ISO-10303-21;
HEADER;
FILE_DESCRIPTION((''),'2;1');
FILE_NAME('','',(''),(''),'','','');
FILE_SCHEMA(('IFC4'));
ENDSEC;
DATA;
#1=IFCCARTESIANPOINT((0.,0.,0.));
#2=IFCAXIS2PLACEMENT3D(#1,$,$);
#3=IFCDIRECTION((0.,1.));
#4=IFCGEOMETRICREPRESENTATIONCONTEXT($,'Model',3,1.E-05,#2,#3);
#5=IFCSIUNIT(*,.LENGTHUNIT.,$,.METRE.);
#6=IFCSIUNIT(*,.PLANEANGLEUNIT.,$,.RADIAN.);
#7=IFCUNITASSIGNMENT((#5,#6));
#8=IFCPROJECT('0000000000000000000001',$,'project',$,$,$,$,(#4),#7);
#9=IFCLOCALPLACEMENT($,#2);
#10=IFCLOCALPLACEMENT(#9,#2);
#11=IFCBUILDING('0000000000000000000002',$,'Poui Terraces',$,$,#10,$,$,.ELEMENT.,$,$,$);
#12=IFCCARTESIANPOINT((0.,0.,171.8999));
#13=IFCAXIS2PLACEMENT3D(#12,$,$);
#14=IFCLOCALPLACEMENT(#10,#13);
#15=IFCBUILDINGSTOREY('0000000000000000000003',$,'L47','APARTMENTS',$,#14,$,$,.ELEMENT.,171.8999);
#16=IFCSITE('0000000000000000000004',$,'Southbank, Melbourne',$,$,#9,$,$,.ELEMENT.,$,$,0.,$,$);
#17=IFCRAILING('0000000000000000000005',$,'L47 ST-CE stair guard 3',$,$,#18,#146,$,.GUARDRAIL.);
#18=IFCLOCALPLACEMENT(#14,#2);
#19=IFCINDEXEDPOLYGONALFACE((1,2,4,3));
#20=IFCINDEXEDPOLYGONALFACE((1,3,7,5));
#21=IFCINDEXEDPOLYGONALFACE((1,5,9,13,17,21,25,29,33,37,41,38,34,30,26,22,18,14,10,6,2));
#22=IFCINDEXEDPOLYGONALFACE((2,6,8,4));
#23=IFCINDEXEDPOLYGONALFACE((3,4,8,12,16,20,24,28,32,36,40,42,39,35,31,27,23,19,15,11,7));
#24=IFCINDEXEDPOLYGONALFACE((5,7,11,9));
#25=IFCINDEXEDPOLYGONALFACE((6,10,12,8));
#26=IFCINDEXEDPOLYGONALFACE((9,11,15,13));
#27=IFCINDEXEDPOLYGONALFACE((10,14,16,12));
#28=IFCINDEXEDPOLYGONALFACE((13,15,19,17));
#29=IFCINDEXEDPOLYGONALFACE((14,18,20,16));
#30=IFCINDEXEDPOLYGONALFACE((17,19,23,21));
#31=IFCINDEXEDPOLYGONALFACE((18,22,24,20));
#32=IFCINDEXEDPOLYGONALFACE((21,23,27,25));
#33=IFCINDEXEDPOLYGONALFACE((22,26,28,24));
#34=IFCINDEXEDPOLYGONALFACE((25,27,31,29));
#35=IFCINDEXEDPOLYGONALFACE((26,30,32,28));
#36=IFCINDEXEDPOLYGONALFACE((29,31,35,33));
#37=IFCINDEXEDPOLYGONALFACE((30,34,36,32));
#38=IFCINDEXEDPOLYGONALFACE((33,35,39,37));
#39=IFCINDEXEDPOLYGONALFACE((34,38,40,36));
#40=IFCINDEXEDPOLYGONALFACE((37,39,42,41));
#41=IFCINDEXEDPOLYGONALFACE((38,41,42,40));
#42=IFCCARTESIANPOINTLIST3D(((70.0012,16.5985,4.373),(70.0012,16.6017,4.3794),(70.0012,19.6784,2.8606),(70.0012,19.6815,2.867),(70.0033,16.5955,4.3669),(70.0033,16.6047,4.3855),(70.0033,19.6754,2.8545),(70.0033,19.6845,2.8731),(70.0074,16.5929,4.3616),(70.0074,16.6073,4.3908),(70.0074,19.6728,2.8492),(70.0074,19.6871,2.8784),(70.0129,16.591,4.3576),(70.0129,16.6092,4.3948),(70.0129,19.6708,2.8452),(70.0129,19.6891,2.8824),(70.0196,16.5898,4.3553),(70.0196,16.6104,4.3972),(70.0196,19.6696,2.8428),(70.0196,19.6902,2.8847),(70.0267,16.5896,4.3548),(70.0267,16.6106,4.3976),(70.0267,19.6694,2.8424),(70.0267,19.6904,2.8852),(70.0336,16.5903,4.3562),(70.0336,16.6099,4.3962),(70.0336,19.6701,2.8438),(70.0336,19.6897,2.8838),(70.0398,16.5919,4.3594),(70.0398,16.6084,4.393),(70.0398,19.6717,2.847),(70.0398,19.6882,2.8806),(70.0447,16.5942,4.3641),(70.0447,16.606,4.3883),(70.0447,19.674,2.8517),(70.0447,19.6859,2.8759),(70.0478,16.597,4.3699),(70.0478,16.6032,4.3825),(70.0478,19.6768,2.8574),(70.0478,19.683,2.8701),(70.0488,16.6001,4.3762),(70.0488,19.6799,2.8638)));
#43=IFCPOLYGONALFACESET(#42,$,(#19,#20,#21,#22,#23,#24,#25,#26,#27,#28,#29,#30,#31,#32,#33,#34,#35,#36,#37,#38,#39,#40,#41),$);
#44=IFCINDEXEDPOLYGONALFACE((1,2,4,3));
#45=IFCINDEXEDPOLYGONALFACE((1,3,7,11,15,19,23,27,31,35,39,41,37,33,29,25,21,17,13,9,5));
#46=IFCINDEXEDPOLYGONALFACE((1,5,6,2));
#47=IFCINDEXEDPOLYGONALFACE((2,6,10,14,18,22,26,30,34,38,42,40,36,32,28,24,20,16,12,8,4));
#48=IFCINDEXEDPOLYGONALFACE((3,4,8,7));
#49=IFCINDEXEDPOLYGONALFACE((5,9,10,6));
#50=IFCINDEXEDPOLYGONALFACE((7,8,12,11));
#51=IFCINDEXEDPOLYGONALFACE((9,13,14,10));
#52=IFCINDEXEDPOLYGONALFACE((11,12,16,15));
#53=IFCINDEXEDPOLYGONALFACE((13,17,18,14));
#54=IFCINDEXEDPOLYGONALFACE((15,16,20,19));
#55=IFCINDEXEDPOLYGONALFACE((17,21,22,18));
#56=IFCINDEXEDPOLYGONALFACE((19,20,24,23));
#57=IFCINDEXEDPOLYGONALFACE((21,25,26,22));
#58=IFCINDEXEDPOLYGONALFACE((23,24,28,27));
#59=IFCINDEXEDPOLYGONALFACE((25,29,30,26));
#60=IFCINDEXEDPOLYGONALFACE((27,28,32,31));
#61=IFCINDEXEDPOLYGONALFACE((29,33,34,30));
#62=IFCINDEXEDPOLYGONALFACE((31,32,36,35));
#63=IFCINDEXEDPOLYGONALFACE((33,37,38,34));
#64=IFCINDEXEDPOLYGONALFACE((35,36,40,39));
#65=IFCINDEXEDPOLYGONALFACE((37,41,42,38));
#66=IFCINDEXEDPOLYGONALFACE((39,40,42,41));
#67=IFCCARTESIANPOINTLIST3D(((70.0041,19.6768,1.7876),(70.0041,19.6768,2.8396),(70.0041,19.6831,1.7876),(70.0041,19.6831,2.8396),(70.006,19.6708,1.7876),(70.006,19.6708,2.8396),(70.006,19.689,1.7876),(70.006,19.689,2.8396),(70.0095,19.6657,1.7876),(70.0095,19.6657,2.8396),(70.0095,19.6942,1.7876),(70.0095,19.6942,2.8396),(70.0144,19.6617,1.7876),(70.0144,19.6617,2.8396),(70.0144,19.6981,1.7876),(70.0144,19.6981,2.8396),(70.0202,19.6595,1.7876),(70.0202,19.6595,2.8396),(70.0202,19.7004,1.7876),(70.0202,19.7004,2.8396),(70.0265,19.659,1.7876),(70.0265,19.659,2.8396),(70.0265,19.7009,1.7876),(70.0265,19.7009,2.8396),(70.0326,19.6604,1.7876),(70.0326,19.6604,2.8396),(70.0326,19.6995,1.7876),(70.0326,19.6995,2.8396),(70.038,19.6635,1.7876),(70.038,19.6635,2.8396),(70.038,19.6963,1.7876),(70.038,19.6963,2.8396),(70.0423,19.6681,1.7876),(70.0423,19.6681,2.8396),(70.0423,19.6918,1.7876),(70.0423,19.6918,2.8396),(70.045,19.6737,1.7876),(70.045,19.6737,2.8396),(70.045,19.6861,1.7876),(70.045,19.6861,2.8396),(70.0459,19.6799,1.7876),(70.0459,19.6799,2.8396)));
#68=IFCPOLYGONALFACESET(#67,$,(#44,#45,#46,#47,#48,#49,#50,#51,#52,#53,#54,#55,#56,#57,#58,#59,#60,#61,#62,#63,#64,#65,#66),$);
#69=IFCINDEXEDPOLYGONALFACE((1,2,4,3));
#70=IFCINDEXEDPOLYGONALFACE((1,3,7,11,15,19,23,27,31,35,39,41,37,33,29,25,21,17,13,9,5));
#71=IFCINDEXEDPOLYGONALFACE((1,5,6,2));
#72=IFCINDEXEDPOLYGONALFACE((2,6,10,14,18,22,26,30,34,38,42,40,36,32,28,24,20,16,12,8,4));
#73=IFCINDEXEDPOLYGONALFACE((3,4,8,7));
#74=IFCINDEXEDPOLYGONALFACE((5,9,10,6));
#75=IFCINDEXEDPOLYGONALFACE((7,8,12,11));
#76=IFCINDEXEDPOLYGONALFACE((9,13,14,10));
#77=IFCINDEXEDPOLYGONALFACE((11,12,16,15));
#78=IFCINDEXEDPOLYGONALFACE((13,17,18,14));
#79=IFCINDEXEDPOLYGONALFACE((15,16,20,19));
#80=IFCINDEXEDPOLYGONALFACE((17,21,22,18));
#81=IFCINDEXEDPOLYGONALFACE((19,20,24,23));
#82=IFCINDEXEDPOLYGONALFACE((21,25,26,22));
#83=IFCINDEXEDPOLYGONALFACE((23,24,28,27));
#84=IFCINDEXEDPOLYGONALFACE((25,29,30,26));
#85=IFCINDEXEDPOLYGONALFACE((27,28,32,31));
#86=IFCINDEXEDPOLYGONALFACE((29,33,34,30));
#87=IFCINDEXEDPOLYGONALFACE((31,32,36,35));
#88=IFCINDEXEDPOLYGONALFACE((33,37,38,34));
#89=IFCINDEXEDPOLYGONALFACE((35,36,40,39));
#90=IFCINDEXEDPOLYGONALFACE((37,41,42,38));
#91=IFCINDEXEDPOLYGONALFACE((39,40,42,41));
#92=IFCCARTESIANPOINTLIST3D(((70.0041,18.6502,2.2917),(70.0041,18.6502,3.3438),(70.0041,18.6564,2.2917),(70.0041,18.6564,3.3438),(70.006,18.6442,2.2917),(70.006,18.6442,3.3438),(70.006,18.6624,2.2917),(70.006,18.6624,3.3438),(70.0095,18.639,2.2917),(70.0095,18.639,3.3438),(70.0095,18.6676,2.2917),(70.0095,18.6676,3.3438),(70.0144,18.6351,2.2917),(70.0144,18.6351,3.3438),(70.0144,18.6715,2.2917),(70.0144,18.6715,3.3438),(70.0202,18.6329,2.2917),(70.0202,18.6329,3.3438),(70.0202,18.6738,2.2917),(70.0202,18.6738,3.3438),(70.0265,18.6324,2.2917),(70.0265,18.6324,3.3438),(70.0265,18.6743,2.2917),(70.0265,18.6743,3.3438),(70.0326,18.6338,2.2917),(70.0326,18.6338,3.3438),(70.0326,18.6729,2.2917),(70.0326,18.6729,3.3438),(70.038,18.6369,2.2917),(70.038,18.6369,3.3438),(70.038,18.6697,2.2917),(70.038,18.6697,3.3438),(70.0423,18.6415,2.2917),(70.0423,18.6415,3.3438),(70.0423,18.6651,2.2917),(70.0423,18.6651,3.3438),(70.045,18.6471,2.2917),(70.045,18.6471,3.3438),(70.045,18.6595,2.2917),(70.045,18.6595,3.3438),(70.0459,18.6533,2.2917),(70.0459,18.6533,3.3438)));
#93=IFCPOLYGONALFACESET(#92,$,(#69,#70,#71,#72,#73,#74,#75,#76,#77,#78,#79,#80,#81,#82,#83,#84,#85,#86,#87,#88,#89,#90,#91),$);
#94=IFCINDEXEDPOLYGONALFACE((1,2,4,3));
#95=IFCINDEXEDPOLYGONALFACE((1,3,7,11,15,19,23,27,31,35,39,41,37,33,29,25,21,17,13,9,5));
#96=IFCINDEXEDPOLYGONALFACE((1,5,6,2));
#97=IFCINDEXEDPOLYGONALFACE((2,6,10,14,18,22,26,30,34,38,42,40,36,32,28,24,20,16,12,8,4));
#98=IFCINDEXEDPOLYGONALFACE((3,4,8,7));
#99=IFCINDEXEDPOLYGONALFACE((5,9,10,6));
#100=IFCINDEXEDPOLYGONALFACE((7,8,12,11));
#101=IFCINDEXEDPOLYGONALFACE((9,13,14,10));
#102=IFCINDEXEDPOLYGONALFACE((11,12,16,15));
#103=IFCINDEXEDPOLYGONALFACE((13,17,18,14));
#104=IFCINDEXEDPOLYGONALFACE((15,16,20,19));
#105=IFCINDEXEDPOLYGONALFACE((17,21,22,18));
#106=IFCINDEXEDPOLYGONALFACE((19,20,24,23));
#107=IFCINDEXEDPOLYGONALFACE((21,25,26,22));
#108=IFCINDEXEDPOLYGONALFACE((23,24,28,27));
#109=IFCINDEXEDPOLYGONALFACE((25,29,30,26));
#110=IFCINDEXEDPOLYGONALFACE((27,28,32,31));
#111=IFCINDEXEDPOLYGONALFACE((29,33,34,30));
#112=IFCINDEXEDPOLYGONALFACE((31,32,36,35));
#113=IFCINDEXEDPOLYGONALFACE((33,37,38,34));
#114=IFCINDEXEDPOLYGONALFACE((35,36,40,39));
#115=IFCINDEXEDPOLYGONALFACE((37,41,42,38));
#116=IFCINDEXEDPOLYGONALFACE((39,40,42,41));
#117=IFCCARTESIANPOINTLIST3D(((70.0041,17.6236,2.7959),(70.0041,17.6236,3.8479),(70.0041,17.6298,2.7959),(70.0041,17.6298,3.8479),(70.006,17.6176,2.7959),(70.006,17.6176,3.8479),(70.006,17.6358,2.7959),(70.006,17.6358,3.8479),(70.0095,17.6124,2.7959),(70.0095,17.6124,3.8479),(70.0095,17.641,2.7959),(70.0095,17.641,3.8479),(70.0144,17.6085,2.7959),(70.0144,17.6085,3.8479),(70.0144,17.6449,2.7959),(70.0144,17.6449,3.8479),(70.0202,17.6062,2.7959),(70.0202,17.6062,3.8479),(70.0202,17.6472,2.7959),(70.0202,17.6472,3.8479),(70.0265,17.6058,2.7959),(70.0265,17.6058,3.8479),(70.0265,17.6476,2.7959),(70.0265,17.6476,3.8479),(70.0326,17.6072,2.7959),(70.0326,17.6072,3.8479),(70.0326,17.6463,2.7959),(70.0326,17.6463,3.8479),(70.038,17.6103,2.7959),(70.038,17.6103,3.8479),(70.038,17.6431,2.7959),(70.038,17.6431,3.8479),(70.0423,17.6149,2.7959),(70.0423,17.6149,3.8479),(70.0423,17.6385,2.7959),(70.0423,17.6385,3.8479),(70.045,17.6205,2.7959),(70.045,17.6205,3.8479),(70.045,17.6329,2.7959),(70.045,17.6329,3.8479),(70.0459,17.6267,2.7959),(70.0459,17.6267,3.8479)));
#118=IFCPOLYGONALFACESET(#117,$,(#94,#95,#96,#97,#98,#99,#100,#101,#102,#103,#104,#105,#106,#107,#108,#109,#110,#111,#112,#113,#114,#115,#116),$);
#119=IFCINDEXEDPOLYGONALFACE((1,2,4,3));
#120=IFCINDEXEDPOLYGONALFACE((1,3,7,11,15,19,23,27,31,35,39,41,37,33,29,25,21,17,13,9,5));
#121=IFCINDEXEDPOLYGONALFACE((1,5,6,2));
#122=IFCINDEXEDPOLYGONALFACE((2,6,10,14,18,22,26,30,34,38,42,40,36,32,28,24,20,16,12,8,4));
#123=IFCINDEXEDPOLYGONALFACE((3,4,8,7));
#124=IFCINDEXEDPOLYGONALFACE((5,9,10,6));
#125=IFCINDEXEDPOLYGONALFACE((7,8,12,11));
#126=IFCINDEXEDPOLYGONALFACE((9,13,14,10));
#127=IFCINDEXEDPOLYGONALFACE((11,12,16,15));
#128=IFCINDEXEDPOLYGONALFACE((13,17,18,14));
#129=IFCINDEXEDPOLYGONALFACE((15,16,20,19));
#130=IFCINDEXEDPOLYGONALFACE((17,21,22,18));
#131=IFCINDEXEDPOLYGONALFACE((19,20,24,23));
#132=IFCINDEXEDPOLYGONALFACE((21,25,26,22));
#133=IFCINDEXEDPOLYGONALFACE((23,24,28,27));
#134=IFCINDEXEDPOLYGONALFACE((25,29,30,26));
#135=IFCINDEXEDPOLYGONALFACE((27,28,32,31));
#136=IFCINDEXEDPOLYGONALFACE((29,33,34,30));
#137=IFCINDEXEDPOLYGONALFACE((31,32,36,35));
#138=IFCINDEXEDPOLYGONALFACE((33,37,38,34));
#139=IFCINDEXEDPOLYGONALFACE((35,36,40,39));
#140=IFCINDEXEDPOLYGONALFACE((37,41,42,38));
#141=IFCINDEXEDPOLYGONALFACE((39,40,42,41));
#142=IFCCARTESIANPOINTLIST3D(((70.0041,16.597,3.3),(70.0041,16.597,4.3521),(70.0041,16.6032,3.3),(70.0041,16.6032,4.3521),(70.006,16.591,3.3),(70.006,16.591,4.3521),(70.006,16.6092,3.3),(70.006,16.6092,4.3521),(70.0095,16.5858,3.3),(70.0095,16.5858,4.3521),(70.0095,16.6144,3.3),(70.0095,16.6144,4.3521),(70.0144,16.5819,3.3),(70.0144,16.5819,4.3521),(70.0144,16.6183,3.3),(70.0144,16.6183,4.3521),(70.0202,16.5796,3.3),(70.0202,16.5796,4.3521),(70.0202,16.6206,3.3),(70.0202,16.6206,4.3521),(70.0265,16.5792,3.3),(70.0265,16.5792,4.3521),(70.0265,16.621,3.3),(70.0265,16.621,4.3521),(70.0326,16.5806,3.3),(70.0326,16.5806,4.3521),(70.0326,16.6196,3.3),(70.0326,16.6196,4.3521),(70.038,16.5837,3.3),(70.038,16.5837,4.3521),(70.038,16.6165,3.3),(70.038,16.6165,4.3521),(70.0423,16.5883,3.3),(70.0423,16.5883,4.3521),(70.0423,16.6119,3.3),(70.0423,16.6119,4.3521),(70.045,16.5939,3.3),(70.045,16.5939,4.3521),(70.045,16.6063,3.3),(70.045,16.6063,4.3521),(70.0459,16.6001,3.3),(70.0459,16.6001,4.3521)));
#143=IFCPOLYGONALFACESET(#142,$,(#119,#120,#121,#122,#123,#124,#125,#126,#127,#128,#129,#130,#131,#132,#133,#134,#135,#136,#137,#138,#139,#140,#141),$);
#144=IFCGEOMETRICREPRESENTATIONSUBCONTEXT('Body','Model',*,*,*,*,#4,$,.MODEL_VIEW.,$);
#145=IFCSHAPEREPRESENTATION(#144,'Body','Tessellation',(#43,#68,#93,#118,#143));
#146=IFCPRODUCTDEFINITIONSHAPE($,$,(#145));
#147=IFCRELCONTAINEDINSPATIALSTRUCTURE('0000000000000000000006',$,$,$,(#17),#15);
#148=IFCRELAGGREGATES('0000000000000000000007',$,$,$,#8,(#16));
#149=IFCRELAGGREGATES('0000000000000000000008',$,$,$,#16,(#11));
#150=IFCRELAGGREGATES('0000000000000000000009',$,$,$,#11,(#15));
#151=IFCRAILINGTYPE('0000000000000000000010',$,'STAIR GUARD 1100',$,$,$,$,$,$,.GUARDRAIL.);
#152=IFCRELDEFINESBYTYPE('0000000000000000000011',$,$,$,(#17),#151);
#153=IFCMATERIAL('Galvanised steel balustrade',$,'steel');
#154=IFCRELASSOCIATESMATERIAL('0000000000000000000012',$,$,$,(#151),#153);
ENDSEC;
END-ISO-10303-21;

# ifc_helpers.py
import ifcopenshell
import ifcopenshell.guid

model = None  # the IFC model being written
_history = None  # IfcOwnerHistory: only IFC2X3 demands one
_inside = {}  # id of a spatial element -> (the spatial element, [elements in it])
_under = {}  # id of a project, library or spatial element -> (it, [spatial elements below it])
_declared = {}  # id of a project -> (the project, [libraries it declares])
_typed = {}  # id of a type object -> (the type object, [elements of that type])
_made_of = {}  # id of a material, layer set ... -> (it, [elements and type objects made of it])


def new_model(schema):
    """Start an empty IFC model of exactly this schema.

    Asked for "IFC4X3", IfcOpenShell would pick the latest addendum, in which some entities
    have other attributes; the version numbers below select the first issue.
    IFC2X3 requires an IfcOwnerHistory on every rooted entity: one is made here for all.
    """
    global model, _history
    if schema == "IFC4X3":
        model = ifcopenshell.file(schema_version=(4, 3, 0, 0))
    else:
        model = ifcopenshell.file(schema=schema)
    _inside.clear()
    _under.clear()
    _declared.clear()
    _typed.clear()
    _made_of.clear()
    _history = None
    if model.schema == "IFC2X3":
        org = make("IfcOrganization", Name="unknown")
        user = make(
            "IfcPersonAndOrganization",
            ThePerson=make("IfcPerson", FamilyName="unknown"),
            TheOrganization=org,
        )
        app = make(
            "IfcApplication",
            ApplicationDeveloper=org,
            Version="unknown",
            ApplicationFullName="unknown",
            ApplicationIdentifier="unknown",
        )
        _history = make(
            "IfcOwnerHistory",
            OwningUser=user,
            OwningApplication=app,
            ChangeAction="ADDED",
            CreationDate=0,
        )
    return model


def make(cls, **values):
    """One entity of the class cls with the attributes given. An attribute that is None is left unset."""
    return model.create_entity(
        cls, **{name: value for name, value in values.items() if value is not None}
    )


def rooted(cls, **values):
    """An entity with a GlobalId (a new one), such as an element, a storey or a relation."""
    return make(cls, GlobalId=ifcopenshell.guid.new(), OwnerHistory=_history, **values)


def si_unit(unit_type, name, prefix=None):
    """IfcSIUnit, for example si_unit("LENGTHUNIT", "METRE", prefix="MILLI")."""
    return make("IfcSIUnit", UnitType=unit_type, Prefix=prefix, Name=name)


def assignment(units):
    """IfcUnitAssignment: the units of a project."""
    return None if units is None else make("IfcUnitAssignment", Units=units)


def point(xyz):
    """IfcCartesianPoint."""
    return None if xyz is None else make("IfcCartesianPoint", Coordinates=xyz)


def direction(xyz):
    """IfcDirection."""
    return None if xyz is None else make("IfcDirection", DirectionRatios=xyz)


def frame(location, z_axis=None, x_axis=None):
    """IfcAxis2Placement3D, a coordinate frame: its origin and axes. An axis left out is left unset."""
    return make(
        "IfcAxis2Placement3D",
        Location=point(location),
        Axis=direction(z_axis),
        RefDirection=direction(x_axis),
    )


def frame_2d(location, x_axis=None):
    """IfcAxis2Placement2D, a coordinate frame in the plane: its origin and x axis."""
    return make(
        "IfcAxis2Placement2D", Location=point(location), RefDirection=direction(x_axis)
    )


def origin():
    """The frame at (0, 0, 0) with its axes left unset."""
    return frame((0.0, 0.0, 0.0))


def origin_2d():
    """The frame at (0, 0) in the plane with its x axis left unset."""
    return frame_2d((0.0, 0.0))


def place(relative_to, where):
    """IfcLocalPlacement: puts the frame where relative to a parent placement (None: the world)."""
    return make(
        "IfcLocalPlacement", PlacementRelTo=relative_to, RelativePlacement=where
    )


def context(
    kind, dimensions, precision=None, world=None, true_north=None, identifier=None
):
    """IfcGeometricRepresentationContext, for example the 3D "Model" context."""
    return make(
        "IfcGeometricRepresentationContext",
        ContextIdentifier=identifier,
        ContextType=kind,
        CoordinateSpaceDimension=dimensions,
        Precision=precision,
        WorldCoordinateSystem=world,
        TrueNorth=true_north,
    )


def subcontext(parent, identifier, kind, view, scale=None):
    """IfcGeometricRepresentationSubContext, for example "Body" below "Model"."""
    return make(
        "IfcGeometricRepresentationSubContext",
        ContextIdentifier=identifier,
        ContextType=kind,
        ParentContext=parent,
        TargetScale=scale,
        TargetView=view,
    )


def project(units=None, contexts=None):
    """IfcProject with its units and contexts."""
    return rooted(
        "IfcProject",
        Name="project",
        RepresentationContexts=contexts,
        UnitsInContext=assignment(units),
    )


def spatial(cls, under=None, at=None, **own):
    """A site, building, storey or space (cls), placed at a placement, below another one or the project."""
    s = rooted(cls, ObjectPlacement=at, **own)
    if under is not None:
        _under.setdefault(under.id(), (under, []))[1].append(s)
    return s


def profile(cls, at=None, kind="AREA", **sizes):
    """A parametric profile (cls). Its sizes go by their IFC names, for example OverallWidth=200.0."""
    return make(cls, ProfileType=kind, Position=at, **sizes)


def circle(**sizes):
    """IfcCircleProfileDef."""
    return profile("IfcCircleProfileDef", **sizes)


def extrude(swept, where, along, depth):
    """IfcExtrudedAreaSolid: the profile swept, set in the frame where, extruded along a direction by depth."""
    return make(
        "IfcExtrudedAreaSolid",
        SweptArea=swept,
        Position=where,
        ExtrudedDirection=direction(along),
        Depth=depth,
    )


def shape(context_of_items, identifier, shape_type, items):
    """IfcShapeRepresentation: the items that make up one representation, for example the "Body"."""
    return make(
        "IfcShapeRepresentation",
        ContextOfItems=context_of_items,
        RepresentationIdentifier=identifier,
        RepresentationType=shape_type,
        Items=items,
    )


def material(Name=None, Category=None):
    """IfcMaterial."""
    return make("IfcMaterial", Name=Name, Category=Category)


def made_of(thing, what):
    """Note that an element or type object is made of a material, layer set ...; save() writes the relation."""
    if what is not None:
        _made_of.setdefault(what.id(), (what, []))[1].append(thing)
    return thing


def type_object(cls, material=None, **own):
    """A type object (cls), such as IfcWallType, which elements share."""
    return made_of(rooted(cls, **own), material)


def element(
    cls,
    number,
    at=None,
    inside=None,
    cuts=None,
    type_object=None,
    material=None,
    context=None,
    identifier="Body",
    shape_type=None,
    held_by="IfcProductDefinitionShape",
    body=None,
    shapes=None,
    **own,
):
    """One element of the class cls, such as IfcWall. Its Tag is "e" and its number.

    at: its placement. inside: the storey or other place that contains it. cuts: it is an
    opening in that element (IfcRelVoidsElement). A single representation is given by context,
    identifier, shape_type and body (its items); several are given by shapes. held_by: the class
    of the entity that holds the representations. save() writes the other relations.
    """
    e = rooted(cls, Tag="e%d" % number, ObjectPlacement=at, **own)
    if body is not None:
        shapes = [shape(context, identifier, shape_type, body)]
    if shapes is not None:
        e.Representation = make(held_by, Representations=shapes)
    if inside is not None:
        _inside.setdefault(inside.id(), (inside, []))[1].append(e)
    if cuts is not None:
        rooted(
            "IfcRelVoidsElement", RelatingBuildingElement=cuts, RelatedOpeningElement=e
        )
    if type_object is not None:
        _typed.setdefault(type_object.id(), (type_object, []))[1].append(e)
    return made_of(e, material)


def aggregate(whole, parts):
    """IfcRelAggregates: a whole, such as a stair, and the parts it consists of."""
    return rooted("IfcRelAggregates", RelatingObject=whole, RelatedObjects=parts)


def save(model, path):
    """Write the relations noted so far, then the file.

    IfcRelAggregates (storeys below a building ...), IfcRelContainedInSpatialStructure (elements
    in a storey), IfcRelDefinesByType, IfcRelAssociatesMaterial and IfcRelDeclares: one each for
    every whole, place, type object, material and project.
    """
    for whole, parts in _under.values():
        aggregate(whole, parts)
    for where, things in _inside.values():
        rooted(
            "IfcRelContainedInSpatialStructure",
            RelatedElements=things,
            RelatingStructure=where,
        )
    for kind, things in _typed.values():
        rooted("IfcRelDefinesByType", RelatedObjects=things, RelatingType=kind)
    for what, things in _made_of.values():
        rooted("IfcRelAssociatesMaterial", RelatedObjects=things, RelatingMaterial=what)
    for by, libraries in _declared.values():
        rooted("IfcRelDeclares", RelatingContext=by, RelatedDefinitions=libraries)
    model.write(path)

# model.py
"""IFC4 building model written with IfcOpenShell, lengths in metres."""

from ifc_helpers import new_model, si_unit, direction, frame, origin, origin_2d, place, context, subcontext, project, spatial, circle, extrude, material, type_object, element, save


model = new_model("IFC4")

# Units and contexts
model_context = context("Model", 3, precision=1e-05, world=origin(), true_north=direction((0.0, 1.0)))
body_context = subcontext(model_context, "Body", "Model", "MODEL_VIEW")
ifc_project = project(units=[si_unit("LENGTHUNIT", "METRE"), si_unit("PLANEANGLEUNIT", "RADIAN")], contexts=[model_context])

# Site, building, storey
site_placement = place(None, origin())
site = spatial("IfcSite", under=ifc_project, at=site_placement, Name="Southbank, Melbourne", CompositionType="ELEMENT", RefElevation=0.0)
building_placement = place(site_placement, origin())
building = spatial("IfcBuilding", under=site, at=building_placement, Name="Poui Terraces", CompositionType="ELEMENT")
storey_placement = place(building_placement, frame((0.0, 0.0, 171.8999)))
storey = spatial("IfcBuildingStorey", under=building, at=storey_placement, Name="L47", Description="APARTMENTS", CompositionType="ELEMENT", Elevation=171.8999)

# Railing
ifc_material_1 = material(Name="Galvanised steel balustrade", Category="steel")
railing_type_1 = type_object("IfcRailingType", Name="STAIR GUARD 1100", PredefinedType="GUARDRAIL", material=ifc_material_1)
railing_1_placement = place(storey_placement, frame((70.0249, 19.6799, 1.7876)))
element("IfcRailing", 1, at=railing_1_placement, inside=storey, type_object=railing_type_1, Name="L47 ST-CE stair guard 3", PredefinedType="GUARDRAIL", context=body_context, shape_type="SweptSolid", body=[
    extrude(circle(Radius=0.0239, at=origin_2d()), frame((0.0, 0.0, 1.0762), z_axis=(0.0, -0.897606, 0.440798), x_axis=(1.0, 0.0, 0.0)), (0.0, 0.0, 1.0), 3.4312),
    extrude(circle(Radius=0.021, at=origin_2d()), origin(), (0.0, 0.0, 1.0), 1.052),
    extrude(circle(Radius=0.021, at=origin_2d()), frame((0.0, -1.0266, 0.5042)), (0.0, 0.0, 1.0), 1.052),
    extrude(circle(Radius=0.021, at=origin_2d()), frame((0.0, -2.0532, 1.0083)), (0.0, 0.0, 1.0), 1.052),
    extrude(circle(Radius=0.021, at=origin_2d()), frame((0.0, -3.0798, 1.5125)), (0.0, 0.0, 1.0), 1.052),
])

save(model, "model.ifc")
